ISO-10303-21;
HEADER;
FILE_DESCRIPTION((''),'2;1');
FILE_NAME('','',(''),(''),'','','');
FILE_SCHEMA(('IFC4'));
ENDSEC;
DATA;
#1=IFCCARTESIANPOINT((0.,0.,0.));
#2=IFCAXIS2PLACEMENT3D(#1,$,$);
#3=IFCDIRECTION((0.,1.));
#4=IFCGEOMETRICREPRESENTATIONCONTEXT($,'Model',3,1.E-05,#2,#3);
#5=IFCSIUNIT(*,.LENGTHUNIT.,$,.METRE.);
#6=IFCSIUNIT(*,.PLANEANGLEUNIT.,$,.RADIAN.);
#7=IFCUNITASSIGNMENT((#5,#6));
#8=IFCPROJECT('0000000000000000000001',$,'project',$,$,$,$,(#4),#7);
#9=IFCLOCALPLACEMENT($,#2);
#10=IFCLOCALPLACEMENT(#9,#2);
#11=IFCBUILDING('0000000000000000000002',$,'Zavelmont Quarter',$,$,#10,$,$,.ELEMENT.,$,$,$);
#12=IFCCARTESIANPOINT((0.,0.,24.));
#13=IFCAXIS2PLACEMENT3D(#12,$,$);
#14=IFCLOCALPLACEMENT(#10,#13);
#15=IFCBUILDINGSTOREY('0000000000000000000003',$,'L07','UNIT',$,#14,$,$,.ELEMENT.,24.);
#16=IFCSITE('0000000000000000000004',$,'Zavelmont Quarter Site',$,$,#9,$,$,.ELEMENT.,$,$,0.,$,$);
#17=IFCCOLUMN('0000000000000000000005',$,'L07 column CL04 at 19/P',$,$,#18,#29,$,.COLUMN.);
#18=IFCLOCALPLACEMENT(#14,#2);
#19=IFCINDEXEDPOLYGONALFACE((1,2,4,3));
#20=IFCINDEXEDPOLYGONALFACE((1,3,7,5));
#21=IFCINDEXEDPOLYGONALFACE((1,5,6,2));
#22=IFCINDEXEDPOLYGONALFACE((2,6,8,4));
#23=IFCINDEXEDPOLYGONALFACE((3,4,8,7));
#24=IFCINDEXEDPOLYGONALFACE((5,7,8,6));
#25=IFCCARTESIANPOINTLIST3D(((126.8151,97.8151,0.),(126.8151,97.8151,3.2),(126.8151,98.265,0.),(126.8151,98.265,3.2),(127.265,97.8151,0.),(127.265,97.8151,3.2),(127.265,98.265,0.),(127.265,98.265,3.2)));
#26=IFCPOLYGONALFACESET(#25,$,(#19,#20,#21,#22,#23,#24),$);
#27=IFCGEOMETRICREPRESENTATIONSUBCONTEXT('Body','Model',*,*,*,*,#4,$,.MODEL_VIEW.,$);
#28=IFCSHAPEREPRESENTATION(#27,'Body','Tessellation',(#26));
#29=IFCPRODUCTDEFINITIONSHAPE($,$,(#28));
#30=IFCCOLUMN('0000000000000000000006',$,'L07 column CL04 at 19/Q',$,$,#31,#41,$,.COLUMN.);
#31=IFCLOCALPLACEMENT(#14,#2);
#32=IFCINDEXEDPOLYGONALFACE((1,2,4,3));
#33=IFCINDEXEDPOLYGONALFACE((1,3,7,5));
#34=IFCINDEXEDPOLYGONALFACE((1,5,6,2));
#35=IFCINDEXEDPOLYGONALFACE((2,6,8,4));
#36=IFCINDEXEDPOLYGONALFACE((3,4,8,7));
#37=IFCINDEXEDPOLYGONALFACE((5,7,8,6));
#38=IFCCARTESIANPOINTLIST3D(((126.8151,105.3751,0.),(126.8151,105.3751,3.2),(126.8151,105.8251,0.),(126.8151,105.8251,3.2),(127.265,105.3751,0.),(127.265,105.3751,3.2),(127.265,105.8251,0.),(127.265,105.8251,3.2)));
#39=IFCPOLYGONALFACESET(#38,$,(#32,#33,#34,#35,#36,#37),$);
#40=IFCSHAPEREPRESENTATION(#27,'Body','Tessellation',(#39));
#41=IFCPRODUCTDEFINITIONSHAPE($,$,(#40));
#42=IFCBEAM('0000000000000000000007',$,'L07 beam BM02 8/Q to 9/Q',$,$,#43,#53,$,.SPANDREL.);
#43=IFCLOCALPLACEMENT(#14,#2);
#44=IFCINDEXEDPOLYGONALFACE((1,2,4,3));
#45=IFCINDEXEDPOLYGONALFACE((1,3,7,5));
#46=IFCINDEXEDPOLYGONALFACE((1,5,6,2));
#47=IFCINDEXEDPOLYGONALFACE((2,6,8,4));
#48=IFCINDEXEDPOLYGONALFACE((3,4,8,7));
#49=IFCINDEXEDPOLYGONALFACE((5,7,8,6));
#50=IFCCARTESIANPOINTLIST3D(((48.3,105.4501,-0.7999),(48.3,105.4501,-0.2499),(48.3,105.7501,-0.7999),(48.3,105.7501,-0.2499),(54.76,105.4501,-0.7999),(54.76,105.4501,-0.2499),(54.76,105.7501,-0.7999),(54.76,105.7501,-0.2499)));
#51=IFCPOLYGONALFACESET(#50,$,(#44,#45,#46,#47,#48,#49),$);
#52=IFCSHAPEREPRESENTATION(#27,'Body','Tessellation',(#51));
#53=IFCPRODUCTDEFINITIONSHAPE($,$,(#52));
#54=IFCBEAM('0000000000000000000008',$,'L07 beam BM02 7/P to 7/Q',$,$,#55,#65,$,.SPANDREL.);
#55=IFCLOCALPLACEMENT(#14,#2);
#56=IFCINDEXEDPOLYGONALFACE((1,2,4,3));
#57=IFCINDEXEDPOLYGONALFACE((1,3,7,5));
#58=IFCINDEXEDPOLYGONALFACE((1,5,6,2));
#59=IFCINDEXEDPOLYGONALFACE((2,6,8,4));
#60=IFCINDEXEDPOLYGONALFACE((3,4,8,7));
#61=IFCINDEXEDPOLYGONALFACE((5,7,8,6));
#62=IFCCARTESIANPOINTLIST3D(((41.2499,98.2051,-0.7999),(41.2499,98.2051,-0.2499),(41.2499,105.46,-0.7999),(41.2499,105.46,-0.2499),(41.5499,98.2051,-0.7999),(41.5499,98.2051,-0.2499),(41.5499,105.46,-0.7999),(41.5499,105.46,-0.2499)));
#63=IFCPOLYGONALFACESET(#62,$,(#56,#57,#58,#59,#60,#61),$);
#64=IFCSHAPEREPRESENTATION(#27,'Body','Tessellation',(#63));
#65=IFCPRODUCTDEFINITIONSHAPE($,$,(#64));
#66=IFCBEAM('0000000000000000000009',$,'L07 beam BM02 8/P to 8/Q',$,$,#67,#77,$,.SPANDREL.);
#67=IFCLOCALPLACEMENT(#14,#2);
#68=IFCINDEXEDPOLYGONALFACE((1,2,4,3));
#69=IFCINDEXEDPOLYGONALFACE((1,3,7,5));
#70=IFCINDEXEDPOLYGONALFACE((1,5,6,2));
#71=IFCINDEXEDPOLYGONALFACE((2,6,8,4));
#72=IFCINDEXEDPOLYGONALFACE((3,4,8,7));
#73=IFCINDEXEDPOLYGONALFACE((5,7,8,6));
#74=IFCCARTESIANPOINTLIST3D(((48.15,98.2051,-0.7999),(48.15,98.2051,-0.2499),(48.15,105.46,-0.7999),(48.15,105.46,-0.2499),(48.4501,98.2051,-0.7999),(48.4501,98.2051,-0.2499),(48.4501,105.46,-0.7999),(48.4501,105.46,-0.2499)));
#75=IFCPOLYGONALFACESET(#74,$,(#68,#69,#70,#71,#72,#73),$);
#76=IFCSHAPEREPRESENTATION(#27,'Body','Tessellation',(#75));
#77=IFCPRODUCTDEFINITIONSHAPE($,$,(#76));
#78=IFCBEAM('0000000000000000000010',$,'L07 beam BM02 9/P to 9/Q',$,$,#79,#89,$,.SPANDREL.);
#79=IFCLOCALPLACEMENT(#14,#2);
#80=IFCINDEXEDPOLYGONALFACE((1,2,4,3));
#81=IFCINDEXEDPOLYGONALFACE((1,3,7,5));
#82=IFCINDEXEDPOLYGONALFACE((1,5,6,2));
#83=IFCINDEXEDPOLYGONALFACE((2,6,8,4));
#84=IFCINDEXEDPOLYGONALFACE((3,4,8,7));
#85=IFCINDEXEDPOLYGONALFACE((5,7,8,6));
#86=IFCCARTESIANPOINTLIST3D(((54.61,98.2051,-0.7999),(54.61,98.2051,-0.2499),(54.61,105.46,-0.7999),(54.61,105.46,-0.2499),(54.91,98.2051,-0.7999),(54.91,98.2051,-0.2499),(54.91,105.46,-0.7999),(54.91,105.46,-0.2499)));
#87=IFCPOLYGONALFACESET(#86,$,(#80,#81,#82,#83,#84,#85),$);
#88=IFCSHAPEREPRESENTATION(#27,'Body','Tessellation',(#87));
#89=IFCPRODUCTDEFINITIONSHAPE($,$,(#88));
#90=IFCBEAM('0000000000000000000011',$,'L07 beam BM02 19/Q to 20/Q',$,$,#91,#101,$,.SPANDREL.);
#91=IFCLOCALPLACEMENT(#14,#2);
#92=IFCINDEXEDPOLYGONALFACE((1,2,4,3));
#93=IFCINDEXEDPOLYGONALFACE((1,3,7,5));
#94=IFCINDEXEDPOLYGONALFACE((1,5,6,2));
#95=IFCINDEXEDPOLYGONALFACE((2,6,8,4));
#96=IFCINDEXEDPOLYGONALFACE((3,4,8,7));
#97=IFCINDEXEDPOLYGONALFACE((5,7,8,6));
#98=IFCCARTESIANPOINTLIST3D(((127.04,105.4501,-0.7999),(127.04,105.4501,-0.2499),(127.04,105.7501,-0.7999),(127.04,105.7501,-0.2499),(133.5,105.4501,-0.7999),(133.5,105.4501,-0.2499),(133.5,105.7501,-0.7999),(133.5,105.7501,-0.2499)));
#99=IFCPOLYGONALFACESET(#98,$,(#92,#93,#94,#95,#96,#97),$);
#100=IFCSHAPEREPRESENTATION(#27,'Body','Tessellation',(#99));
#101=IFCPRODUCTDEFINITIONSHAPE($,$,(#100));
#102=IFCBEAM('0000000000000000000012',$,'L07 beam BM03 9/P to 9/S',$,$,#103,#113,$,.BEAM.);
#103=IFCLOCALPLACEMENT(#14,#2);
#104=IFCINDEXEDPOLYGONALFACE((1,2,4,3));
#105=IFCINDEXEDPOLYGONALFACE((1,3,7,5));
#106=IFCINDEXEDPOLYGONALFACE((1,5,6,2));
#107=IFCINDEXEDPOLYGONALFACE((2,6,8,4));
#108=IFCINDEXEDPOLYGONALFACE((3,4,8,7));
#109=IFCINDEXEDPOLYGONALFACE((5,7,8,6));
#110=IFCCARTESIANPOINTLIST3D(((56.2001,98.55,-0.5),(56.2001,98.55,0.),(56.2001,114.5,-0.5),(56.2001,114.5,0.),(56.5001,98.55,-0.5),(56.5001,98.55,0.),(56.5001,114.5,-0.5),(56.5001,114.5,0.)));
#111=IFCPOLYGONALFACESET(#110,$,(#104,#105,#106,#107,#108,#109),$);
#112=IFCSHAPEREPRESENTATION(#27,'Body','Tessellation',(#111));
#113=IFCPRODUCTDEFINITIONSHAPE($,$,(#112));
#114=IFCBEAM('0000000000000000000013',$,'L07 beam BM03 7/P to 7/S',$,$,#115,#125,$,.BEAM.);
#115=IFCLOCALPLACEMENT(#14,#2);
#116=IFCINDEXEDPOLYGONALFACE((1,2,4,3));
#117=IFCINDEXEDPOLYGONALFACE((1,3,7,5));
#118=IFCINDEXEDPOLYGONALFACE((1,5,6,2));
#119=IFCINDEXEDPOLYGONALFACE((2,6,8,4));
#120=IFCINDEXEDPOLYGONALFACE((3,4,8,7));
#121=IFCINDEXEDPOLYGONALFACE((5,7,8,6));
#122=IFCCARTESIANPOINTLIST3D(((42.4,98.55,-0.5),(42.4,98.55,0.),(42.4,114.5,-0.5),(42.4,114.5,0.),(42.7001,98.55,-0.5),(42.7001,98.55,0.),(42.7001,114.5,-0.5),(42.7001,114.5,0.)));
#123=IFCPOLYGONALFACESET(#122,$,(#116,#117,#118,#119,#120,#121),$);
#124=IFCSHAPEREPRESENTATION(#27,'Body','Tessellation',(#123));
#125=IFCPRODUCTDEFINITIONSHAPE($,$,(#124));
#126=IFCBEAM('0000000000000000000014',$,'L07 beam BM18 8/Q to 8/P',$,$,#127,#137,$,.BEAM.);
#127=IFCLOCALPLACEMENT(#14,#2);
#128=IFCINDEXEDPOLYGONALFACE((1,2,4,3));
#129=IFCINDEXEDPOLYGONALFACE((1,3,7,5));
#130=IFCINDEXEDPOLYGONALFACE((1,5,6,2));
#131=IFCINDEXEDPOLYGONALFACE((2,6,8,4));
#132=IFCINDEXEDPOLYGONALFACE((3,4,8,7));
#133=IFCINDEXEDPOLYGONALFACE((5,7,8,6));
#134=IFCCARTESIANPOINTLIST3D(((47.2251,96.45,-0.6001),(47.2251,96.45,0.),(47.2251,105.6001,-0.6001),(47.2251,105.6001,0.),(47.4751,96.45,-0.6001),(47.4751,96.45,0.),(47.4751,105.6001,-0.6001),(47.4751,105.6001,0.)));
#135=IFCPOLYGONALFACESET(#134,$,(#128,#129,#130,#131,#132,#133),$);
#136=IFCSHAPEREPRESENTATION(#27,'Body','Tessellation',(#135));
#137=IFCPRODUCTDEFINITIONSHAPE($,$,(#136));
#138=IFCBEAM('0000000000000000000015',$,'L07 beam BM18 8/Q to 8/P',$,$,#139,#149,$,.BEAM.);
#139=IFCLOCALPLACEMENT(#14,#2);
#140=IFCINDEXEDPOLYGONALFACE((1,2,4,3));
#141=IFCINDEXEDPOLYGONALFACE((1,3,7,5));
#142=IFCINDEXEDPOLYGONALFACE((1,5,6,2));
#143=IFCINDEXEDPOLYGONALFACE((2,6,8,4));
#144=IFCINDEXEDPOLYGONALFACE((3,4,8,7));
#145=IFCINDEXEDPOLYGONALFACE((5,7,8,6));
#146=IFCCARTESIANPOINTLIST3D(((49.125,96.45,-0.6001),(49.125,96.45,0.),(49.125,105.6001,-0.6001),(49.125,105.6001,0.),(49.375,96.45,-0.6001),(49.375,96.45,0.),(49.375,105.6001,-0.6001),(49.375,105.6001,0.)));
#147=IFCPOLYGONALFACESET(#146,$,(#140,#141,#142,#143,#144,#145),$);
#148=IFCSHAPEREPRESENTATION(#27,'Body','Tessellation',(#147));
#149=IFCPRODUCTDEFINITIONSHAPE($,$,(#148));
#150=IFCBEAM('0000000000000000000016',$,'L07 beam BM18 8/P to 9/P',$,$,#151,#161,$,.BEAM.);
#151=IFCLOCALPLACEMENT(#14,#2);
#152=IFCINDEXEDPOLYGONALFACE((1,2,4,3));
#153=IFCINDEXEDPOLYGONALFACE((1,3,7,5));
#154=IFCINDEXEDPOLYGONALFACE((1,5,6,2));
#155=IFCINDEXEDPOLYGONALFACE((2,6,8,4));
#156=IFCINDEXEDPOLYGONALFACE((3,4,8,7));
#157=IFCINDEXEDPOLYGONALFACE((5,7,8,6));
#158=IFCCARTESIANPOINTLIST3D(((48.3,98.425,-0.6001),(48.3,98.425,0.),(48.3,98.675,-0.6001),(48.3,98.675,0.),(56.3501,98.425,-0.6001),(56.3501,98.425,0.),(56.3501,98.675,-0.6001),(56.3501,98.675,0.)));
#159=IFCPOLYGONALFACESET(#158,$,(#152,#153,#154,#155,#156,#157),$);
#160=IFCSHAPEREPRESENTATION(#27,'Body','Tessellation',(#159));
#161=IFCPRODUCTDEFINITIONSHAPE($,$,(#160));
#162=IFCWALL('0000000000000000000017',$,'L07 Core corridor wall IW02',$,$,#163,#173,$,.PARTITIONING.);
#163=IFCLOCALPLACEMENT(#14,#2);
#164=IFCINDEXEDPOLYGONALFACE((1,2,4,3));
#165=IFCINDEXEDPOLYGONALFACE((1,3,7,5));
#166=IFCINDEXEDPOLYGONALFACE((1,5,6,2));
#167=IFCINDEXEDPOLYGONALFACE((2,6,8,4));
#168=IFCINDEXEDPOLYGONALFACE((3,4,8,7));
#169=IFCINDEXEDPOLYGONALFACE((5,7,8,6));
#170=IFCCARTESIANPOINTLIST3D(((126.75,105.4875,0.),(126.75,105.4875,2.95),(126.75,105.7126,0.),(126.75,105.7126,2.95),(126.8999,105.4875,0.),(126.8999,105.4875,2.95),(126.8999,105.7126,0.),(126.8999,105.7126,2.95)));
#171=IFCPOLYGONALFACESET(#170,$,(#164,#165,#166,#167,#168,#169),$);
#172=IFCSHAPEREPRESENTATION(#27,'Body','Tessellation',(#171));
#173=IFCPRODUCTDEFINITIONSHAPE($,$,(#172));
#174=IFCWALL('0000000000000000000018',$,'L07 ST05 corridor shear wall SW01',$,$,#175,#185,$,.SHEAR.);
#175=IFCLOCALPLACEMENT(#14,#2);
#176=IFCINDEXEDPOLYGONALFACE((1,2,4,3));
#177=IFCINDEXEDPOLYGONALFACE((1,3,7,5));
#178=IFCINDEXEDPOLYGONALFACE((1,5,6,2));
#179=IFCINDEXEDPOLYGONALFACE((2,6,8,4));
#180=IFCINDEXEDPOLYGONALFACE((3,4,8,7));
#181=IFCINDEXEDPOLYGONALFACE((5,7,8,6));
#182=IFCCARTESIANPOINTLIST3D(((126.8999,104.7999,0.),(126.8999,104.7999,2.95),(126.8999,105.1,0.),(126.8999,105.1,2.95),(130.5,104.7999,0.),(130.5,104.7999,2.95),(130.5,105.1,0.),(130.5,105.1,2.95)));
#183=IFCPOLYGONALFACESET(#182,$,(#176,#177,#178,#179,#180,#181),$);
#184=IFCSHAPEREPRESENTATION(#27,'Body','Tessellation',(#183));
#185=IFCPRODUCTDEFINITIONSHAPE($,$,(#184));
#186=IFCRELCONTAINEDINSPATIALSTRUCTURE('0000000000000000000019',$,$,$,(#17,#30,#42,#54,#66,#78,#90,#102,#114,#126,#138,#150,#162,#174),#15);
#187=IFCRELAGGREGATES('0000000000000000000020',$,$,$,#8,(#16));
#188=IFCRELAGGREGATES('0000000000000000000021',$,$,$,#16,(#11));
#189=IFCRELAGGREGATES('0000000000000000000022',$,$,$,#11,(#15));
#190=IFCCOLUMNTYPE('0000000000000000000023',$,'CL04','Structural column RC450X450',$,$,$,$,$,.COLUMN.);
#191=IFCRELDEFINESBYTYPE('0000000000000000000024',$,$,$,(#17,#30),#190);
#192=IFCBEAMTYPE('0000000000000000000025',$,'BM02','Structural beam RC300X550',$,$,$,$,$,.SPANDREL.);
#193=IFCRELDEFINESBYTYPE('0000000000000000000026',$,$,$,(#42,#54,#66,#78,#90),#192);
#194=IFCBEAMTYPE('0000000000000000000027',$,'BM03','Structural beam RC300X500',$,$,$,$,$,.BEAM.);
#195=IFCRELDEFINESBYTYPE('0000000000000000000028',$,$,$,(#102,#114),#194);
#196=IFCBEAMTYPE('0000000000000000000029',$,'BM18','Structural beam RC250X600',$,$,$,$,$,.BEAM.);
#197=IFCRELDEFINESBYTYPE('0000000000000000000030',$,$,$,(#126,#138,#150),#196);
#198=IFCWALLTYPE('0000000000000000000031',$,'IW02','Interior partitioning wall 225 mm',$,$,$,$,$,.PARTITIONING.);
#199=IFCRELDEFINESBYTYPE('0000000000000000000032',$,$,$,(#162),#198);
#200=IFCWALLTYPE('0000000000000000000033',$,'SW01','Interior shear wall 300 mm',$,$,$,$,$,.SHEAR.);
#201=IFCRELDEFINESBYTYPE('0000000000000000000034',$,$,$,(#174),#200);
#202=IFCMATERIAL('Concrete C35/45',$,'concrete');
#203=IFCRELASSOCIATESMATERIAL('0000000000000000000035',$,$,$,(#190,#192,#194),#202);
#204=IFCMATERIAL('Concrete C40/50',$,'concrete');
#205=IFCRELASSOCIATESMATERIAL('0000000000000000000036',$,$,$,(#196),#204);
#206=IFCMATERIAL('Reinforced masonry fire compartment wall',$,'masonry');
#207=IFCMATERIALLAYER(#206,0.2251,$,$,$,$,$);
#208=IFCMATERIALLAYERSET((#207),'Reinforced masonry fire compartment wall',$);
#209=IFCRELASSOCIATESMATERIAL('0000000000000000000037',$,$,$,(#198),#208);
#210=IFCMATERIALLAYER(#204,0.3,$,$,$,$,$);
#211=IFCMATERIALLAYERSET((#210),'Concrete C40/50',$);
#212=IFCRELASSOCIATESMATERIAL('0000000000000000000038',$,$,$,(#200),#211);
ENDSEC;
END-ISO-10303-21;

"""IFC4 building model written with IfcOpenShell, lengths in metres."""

from ifc_helpers import new_model, si_unit, direction, frame, frame_2d, origin, origin_2d, place, context, subcontext, project, spatial, rectangle, extrude, material, layer, layer_set, material_profile, profile_set, type_object, element, save


model = new_model("IFC4")

# Units and contexts
model_context = context("Model", 3, precision=1e-05, world=origin(), true_north=direction((0.0, 1.0)))
body_context = subcontext(model_context, "Body", "Model", "MODEL_VIEW")
ifc_project = project(units=[si_unit("LENGTHUNIT", "METRE"), si_unit("PLANEANGLEUNIT", "RADIAN")], contexts=[model_context])

# Site, building, storey
site_placement = place(None, origin())
site = spatial("IfcSite", under=ifc_project, at=site_placement, Name="Zavelmont Quarter Site", CompositionType="ELEMENT", RefElevation=0.0)
building_placement = place(site_placement, origin())
building = spatial("IfcBuilding", under=site, at=building_placement, Name="Zavelmont Quarter", CompositionType="ELEMENT")
storey_placement = place(building_placement, frame((0.0, 0.0, 24.0)))
storey = spatial("IfcBuildingStorey", under=building, at=storey_placement, Name="L07", Description="UNIT", CompositionType="ELEMENT", Elevation=24.0)

# Columns
ifc_material_1 = material(Name="Concrete C35/45", Category="concrete")
ifc_material_profile_1 = material_profile(ifc_material_1, rectangle(XDim=0.45, YDim=0.45, at=origin_2d()), Name="RC450X450")
ifc_profile_set_1 = profile_set([ifc_material_profile_1], Name="Concrete C35/45")
column_type = type_object("IfcColumnType", Name="CL04", Description="Structural column RC450X450", PredefinedType="COLUMN", material=ifc_profile_set_1)
for number, where, z_axis, x_axis, name in (
    (1, (127.04, 98.04, 0.0), (0.0, 0.0, 1.0), (1.0, 0.0, 0.0), "L07 column CL04 at 19/P"),
    (2, (127.04, 105.6001, 0.0), (0.0, 0.0, 1.0), (1.0, 0.0, 0.0), "L07 column CL04 at 19/Q"),
):
    element("IfcColumn", number, at=place(storey_placement, frame(where, z_axis=z_axis, x_axis=x_axis)), inside=storey, type_object=column_type, Name=name, PredefinedType="COLUMN", context=body_context, shape_type="SweptSolid", body=[
        extrude(rectangle(XDim=0.45, YDim=0.45, at=origin_2d()), origin(), (0.0, 0.0, 1.0), 3.2),
    ])

# Beams
ifc_material_profile_2 = material_profile(ifc_material_1, rectangle(XDim=0.3, YDim=0.55, at=origin_2d()), Name="RC300X550")
ifc_profile_set_2 = profile_set([ifc_material_profile_2], Name="Concrete C35/45")
beam_type_1 = type_object("IfcBeamType", Name="BM02", Description="Structural beam RC300X550", PredefinedType="SPANDREL", material=ifc_profile_set_2)
beam_1_placement = place(storey_placement, frame((48.3, 105.6001, -0.5249), z_axis=(1.0, 0.0, 0.0), x_axis=(0.0, 1.0, 0.0)))
element("IfcBeam", 3, at=beam_1_placement, inside=storey, type_object=beam_type_1, Name="L07 beam BM02 8/Q to 9/Q", PredefinedType="SPANDREL", context=body_context, shape_type="SweptSolid", body=[
    extrude(rectangle(XDim=0.3, YDim=0.55, at=origin_2d()), origin(), (0.0, 0.0, 1.0), 6.46),
])
for number, where, z_axis, x_axis, name in (
    (4, (41.3999, 98.2051, -0.5249), (0.0, 1.0, 0.0), (-1.0, 0.0, 0.0), "L07 beam BM02 7/P to 7/Q"),
    (5, (48.3, 98.2051, -0.5249), (0.0, 1.0, 0.0), (-1.0, 0.0, 0.0), "L07 beam BM02 8/P to 8/Q"),
    (6, (54.76, 98.2051, -0.5249), (0.0, 1.0, 0.0), (-1.0, 0.0, 0.0), "L07 beam BM02 9/P to 9/Q"),
):
    element("IfcBeam", number, at=place(storey_placement, frame(where, z_axis=z_axis, x_axis=x_axis)), inside=storey, type_object=beam_type_1, Name=name, PredefinedType="SPANDREL", context=body_context, shape_type="SweptSolid", body=[
        extrude(rectangle(XDim=0.3, YDim=0.55, at=origin_2d()), origin(), (0.0, 0.0, 1.0), 7.2549),
    ])
beam_2_placement = place(storey_placement, frame((127.04, 105.6001, -0.5249), z_axis=(1.0, 0.0, 0.0), x_axis=(0.0, 1.0, 0.0)))
element("IfcBeam", 7, at=beam_2_placement, inside=storey, type_object=beam_type_1, Name="L07 beam BM02 19/Q to 20/Q", PredefinedType="SPANDREL", context=body_context, shape_type="SweptSolid", body=[
    extrude(rectangle(XDim=0.3, YDim=0.55, at=origin_2d()), origin(), (0.0, 0.0, 1.0), 6.46),
])
ifc_material_profile_3 = material_profile(ifc_material_1, rectangle(XDim=0.3, YDim=0.5, at=origin_2d()), Name="RC300X500")
ifc_profile_set_3 = profile_set([ifc_material_profile_3], Name="Concrete C35/45")
beam_type_2 = type_object("IfcBeamType", Name="BM03", Description="Structural beam RC300X500", PredefinedType="BEAM", material=ifc_profile_set_3)
for number, where, z_axis, x_axis, name in (
    (8, (56.3501, 98.55, -0.25), (0.0, 1.0, 0.0), (-1.0, 0.0, 0.0), "L07 beam BM03 9/P to 9/S"),
    (9, (42.55, 98.55, -0.25), (0.0, 1.0, 0.0), (-1.0, 0.0, 0.0), "L07 beam BM03 7/P to 7/S"),
):
    element("IfcBeam", number, at=place(storey_placement, frame(where, z_axis=z_axis, x_axis=x_axis)), inside=storey, type_object=beam_type_2, Name=name, PredefinedType="BEAM", context=body_context, shape_type="SweptSolid", body=[
        extrude(rectangle(XDim=0.3, YDim=0.5, at=origin_2d()), origin(), (0.0, 0.0, 1.0), 15.95),
    ])
ifc_material_2 = material(Name="Concrete C40/50", Category="concrete")
ifc_material_profile_4 = material_profile(ifc_material_2, rectangle(XDim=0.25, YDim=0.6001, at=origin_2d()), Name="RC250X600")
ifc_profile_set_4 = profile_set([ifc_material_profile_4], Name="Concrete C40/50")
beam_type_3 = type_object("IfcBeamType", Name="BM18", Description="Structural beam RC250X600", PredefinedType="BEAM", material=ifc_profile_set_4)
for number, where, z_axis, x_axis, name in (
    (10, (47.3501, 105.6001, -0.3), (0.0, -1.0, 0.0), (1.0, 0.0, 0.0), "L07 beam BM18 8/Q to 8/P"),
    (11, (49.25, 105.6001, -0.3), (0.0, -1.0, 0.0), (1.0, 0.0, 0.0), "L07 beam BM18 8/Q to 8/P"),
):
    element("IfcBeam", number, at=place(storey_placement, frame(where, z_axis=z_axis, x_axis=x_axis)), inside=storey, type_object=beam_type_3, Name=name, PredefinedType="BEAM", context=body_context, shape_type="SweptSolid", body=[
        extrude(rectangle(XDim=0.25, YDim=0.6001, at=origin_2d()), origin(), (0.0, 0.0, 1.0), 9.1501),
    ])
beam_3_placement = place(storey_placement, frame((48.3, 98.55, -0.3), z_axis=(1.0, 0.0, 0.0), x_axis=(0.0, 1.0, 0.0)))
element("IfcBeam", 12, at=beam_3_placement, inside=storey, type_object=beam_type_3, Name="L07 beam BM18 8/P to 9/P", PredefinedType="BEAM", context=body_context, shape_type="SweptSolid", body=[
    extrude(rectangle(XDim=0.25, YDim=0.6001, at=origin_2d()), origin(), (0.0, 0.0, 1.0), 8.05),
])

# Walls
ifc_material_3 = material(Name="Reinforced masonry fire compartment wall", Category="masonry")
ifc_layer_1 = layer(ifc_material_3, 0.2251)
ifc_layer_set_1 = layer_set([ifc_layer_1], Name="Reinforced masonry fire compartment wall")
wall_type_1 = type_object("IfcWallType", Name="IW02", Description="Interior partitioning wall 225 mm", PredefinedType="PARTITIONING", material=ifc_layer_set_1)
wall_1_placement = place(storey_placement, frame((126.75, 105.6001, 0.0), z_axis=(0.0, 0.0, 1.0), x_axis=(1.0, 0.0, 0.0)))
element("IfcWall", 13, at=wall_1_placement, inside=storey, type_object=wall_type_1, Name="L07 Core corridor wall IW02", PredefinedType="PARTITIONING", context=body_context, shape_type="SweptSolid", body=[
    extrude(rectangle(XDim=0.1499, YDim=0.2251, at=frame_2d((0.075, 0.0))), origin(), (0.0, 0.0, 1.0), 2.95),
])
ifc_layer_2 = layer(ifc_material_2, 0.3)
ifc_layer_set_2 = layer_set([ifc_layer_2], Name="Concrete C40/50")
wall_type_2 = type_object("IfcWallType", Name="SW01", Description="Interior shear wall 300 mm", PredefinedType="SHEAR", material=ifc_layer_set_2)
wall_2_placement = place(storey_placement, frame((126.8999, 104.95, 0.0), z_axis=(0.0, 0.0, 1.0), x_axis=(1.0, 0.0, 0.0)))
element("IfcWall", 14, at=wall_2_placement, inside=storey, type_object=wall_type_2, Name="L07 ST05 corridor shear wall SW01", PredefinedType="SHEAR", context=body_context, shape_type="SweptSolid", body=[
    extrude(rectangle(XDim=3.6001, YDim=0.3, at=frame_2d((1.8, 0.0))), origin(), (0.0, 0.0, 1.0), 2.95),
])

save(model, "model.ifc")
